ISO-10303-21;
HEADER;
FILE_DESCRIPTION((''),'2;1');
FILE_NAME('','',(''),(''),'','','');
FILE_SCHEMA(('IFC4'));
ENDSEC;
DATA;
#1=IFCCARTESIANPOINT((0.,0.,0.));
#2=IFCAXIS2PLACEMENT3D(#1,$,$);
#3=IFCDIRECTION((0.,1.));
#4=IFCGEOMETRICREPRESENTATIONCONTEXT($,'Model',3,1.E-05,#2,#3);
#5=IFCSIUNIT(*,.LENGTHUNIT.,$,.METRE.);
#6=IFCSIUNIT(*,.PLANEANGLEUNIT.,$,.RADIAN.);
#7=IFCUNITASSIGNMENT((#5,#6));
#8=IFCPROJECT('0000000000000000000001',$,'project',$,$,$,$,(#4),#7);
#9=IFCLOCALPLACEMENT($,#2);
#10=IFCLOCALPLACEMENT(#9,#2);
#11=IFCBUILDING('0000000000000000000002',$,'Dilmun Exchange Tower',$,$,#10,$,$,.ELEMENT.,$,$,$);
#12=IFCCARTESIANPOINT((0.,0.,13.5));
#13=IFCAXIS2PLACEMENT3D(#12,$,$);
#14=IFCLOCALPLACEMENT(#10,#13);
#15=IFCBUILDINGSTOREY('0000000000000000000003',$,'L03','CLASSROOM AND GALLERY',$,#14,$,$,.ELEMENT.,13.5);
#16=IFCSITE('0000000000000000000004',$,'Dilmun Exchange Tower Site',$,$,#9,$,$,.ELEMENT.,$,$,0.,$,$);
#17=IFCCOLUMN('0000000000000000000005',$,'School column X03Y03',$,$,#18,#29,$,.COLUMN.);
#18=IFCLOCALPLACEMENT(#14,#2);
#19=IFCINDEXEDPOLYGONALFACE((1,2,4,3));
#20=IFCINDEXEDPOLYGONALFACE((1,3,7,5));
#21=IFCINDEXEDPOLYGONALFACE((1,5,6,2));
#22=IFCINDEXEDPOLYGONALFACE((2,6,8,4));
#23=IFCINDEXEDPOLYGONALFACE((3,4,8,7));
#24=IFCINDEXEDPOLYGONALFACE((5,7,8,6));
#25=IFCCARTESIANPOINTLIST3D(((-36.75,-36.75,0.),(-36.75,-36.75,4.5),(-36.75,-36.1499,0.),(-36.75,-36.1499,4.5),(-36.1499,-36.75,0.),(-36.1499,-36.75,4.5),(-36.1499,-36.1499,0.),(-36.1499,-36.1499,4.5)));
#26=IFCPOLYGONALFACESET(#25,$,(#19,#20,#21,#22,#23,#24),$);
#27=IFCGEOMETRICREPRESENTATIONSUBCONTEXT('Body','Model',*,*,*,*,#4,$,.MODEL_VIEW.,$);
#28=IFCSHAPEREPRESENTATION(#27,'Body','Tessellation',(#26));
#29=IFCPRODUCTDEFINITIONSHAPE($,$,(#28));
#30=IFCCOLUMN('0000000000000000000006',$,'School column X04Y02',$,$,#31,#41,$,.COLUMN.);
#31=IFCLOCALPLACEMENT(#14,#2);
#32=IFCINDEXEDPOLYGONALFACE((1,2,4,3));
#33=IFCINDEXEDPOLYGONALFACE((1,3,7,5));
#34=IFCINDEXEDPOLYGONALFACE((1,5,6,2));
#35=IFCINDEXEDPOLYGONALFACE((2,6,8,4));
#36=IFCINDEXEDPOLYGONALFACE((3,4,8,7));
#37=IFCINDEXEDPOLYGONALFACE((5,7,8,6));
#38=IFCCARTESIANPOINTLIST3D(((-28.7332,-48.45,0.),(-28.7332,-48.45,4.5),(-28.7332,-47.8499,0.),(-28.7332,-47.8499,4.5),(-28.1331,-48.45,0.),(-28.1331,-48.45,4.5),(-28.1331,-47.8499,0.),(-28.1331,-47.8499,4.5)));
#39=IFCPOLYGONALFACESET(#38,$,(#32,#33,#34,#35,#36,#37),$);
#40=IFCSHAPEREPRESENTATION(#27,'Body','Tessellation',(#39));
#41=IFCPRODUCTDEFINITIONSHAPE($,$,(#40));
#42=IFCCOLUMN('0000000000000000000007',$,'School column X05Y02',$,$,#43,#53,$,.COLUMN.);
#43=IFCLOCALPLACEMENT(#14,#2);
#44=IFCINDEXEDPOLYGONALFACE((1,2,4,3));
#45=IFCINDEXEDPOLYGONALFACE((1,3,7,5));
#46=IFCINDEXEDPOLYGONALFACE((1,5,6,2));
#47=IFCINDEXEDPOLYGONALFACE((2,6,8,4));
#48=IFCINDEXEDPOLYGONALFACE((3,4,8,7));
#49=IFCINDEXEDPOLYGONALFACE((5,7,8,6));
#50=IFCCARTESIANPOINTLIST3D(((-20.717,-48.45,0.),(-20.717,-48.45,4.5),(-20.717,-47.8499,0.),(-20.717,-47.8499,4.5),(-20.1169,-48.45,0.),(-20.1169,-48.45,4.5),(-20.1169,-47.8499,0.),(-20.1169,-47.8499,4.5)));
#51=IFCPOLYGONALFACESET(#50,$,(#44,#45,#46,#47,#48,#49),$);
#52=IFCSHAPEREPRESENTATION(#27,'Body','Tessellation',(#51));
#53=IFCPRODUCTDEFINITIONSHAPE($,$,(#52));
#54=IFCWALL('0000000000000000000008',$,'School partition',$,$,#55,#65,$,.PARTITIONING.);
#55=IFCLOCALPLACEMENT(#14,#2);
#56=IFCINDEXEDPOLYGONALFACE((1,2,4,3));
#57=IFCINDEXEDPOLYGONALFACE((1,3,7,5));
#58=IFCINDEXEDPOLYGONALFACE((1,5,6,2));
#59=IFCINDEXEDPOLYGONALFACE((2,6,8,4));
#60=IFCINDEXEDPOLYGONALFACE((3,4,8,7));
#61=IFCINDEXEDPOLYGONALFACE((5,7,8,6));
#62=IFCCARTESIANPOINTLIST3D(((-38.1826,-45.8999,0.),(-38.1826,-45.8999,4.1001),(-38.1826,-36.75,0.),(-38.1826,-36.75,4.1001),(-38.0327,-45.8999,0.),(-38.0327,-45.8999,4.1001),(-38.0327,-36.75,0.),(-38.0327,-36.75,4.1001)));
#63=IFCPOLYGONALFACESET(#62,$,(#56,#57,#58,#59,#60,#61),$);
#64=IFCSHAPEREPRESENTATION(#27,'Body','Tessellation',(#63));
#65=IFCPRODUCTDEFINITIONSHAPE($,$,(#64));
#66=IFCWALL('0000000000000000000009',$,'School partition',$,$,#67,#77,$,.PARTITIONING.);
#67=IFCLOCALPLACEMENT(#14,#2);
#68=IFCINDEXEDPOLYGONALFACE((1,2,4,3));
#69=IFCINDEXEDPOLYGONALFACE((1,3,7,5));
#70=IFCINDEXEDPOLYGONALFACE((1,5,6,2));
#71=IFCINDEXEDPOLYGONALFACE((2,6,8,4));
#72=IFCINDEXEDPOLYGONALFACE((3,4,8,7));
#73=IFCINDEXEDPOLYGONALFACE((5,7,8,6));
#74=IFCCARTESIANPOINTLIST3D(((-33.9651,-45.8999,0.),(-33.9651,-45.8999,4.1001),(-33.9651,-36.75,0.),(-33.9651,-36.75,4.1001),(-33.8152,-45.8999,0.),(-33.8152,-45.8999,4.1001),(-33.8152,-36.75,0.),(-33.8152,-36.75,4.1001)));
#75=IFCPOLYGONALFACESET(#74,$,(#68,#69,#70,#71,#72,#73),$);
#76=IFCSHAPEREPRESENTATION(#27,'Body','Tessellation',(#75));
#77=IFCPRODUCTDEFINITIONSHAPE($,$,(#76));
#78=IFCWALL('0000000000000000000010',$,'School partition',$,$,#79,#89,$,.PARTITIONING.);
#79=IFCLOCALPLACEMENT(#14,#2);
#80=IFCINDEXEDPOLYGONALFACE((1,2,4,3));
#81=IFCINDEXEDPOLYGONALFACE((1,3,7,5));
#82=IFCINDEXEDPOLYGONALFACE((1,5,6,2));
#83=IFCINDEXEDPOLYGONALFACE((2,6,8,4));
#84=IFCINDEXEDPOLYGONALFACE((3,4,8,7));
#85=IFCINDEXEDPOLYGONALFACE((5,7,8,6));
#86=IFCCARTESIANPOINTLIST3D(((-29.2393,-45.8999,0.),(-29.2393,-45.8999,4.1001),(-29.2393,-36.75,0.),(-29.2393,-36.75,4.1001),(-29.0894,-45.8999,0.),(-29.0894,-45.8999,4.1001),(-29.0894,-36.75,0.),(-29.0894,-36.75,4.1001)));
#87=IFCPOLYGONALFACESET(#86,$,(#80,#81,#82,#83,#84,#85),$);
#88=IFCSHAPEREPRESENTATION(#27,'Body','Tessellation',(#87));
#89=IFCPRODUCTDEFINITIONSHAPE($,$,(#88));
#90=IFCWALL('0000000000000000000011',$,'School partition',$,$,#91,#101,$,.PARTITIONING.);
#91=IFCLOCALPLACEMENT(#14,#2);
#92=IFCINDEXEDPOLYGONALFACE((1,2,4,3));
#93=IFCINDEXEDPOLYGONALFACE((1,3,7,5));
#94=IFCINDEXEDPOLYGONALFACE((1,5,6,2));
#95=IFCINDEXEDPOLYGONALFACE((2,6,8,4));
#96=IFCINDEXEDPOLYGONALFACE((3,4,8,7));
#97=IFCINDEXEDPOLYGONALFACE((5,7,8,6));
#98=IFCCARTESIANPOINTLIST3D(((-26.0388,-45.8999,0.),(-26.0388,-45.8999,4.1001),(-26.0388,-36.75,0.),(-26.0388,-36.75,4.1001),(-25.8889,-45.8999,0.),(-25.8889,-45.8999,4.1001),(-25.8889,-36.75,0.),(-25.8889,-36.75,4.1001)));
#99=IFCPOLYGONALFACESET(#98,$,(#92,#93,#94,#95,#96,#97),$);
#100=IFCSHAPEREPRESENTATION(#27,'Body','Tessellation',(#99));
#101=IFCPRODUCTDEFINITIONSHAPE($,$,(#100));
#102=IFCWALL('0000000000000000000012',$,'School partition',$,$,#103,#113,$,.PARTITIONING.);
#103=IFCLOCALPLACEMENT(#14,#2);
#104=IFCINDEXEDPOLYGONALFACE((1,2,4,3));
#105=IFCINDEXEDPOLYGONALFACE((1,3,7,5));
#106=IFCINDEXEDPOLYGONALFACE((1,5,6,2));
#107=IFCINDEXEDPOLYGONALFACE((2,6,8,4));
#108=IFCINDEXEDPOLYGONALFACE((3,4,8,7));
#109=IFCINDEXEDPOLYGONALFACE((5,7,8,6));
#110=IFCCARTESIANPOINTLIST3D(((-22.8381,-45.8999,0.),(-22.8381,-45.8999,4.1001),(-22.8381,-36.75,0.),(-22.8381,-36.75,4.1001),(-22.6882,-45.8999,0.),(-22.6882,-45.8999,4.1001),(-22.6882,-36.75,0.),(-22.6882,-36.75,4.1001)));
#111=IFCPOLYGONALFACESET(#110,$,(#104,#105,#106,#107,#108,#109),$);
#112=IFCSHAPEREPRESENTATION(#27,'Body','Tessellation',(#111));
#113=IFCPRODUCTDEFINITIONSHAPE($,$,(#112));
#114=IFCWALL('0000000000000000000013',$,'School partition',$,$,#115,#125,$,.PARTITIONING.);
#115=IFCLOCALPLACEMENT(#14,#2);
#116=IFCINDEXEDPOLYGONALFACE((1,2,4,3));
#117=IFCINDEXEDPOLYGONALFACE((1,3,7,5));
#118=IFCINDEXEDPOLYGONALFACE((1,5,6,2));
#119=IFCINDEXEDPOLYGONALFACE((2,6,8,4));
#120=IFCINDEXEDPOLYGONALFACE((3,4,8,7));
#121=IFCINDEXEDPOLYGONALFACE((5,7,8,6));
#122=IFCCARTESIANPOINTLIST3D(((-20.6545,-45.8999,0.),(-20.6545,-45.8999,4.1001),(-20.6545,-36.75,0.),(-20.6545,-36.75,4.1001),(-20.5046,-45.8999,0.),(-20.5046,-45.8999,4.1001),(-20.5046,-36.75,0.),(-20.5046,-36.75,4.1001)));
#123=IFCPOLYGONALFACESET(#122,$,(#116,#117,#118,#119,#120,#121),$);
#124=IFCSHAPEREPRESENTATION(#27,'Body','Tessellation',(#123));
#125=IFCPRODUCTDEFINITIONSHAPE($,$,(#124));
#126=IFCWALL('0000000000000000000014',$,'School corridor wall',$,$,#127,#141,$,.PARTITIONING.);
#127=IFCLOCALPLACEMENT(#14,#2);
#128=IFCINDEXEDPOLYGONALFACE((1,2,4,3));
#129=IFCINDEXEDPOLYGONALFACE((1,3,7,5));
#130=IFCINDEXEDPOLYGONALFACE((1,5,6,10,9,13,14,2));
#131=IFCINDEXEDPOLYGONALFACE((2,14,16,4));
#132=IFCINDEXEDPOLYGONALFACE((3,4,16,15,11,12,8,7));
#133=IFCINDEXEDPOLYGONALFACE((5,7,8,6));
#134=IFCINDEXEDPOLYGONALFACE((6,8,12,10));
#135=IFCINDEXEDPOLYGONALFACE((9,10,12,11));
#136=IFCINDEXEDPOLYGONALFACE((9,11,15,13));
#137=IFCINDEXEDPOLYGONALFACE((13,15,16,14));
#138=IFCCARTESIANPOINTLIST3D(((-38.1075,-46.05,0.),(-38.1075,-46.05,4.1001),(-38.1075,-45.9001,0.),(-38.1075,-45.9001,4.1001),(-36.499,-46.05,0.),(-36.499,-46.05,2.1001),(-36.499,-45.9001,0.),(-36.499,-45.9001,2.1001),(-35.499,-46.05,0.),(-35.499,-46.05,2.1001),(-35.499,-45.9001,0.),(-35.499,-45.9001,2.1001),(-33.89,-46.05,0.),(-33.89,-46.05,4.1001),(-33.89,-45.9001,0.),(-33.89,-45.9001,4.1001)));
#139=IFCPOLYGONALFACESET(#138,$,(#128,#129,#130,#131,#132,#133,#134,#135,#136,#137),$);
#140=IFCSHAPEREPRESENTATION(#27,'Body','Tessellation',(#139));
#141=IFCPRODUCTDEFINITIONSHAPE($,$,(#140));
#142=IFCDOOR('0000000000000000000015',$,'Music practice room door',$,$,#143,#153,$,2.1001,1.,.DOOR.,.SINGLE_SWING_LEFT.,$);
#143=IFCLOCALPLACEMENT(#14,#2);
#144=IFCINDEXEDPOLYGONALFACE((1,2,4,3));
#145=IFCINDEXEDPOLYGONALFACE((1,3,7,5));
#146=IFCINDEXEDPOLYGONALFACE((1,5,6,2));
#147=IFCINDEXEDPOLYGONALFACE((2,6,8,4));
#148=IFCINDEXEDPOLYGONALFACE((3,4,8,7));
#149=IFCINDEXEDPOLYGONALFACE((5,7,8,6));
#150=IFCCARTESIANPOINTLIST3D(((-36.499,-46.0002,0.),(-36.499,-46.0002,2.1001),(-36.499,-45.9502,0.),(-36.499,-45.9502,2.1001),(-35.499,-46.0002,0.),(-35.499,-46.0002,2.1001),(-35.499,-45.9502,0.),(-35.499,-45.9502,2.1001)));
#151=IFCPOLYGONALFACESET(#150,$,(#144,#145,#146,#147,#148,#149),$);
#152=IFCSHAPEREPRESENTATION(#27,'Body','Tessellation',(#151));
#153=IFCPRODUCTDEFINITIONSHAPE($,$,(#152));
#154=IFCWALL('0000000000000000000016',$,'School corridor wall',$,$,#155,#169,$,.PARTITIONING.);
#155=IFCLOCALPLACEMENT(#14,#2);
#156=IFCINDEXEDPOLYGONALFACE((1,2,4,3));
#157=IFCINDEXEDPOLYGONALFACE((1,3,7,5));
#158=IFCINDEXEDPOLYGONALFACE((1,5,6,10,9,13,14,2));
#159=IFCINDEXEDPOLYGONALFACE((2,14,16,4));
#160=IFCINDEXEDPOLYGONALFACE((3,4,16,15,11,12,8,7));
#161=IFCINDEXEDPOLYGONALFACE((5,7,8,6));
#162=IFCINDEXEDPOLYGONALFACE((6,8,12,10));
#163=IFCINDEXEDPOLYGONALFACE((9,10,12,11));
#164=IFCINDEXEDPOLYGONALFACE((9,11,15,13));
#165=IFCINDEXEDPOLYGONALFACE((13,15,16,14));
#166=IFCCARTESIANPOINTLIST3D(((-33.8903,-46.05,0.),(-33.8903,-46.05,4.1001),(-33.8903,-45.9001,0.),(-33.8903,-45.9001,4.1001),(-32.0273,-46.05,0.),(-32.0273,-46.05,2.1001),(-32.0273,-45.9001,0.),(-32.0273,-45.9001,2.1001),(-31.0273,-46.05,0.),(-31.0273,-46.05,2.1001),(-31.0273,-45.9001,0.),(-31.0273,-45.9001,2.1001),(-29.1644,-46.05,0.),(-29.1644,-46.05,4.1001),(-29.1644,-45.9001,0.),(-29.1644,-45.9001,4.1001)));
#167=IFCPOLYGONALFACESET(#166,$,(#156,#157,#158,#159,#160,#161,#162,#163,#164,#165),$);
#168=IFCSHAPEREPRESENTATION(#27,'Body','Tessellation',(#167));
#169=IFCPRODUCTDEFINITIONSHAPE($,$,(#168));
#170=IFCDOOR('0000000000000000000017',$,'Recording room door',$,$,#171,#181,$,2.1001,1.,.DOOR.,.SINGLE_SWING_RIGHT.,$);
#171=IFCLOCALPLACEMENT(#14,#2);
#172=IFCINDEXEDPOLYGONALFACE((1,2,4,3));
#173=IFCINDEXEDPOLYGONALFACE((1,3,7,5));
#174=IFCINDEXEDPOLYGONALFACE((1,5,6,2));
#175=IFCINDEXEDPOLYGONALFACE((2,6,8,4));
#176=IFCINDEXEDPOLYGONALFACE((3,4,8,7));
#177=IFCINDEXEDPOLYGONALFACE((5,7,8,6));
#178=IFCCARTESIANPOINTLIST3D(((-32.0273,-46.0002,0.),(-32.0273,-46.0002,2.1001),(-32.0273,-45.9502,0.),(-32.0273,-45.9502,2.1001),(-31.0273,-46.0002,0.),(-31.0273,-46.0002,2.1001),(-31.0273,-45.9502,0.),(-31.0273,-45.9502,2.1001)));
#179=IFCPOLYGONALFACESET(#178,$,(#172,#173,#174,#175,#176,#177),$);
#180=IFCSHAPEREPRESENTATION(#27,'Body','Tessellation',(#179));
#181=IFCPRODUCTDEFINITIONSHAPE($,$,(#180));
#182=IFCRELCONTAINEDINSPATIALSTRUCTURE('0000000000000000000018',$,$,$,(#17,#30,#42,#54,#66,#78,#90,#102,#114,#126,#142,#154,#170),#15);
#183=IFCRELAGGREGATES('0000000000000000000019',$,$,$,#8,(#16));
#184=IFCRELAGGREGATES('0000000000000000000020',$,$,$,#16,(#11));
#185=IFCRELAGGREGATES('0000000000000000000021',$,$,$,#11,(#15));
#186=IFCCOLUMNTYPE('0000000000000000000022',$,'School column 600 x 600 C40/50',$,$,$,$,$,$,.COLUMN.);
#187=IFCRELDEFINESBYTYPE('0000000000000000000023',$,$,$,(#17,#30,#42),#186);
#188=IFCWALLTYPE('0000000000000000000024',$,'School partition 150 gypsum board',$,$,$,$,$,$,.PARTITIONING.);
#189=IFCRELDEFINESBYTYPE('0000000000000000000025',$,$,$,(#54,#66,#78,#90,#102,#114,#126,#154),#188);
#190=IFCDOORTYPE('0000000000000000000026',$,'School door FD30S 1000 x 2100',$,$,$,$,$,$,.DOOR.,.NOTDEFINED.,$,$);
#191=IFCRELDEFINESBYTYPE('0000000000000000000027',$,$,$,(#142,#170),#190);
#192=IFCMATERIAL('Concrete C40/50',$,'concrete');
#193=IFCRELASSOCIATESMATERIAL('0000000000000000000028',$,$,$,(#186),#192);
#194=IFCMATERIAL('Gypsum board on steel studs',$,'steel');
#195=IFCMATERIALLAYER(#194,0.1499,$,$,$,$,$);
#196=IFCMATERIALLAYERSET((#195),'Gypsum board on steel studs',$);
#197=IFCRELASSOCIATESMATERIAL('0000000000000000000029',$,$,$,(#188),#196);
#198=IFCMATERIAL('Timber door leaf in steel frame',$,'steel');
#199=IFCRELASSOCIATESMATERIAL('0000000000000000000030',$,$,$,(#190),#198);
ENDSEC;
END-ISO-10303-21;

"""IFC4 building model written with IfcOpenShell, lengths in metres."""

from ifc_helpers import new_model, si_unit, direction, frame, frame_2d, origin, origin_2d, place, context, subcontext, project, spatial, rectangle, extrude, material, layer, layer_set, material_profile, profile_set, type_object, element, fill, save


model = new_model("IFC4")

# Units and contexts
model_context = context("Model", 3, precision=1e-05, world=origin(), true_north=direction((0.0, 1.0)))
body_context = subcontext(model_context, "Body", "Model", "MODEL_VIEW")
ifc_project = project(units=[si_unit("LENGTHUNIT", "METRE"), si_unit("PLANEANGLEUNIT", "RADIAN")], contexts=[model_context])

# Site, building, storey
site_placement = place(None, origin())
site = spatial("IfcSite", under=ifc_project, at=site_placement, Name="Dilmun Exchange Tower Site", CompositionType="ELEMENT", RefElevation=0.0)
building_placement = place(site_placement, origin())
building = spatial("IfcBuilding", under=site, at=building_placement, Name="Dilmun Exchange Tower", CompositionType="ELEMENT")
storey_placement = place(building_placement, frame((0.0, 0.0, 13.5)))
storey = spatial("IfcBuildingStorey", under=building, at=storey_placement, Name="L03", Description="CLASSROOM AND GALLERY", CompositionType="ELEMENT", Elevation=13.5)

# Columns
ifc_material_1 = material(Name="Concrete C40/50", Category="concrete")
ifc_material_profile = material_profile(ifc_material_1, rectangle(XDim=0.6001, YDim=0.6001, at=origin_2d()), Name="600 x 600")
ifc_profile_set = profile_set([ifc_material_profile], Name="Concrete C40/50")
column_type = type_object("IfcColumnType", Name="School column 600 x 600 C40/50", PredefinedType="COLUMN", material=ifc_profile_set)
for number, where, z_axis, x_axis, name in (
    (1, (-36.45, -36.45, 0.0), (0.0, 0.0, 1.0), (1.0, 0.0, 0.0), "School column X03Y03"),
    (2, (-28.4331, -48.1499, 0.0), (0.0, 0.0, 1.0), (1.0, 0.0, 0.0), "School column X04Y02"),
    (3, (-20.417, -48.1499, 0.0), (0.0, 0.0, 1.0), (1.0, 0.0, 0.0), "School column X05Y02"),
):
    element("IfcColumn", number, at=place(storey_placement, frame(where, z_axis=z_axis, x_axis=x_axis)), inside=storey, type_object=column_type, Name=name, PredefinedType="COLUMN", context=body_context, shape_type="SweptSolid", body=[
        extrude(rectangle(XDim=0.6001, YDim=0.6001, at=origin_2d()), origin(), (0.0, 0.0, 1.0), 4.5),
    ])

# Walls
ifc_material_2 = material(Name="Gypsum board on steel studs", Category="steel")
ifc_layer = layer(ifc_material_2, 0.1499)
ifc_layer_set = layer_set([ifc_layer], Name="Gypsum board on steel studs")
wall_type = type_object("IfcWallType", Name="School partition 150 gypsum board", PredefinedType="PARTITIONING", material=ifc_layer_set)
for number, where, z_axis, x_axis, name in (
    (4, (-38.1077, -45.8999, 0.0), (0.0, 0.0, 1.0), (0.0, 1.0, 0.0), "School partition"),
    (5, (-33.8901, -45.8999, 0.0), (0.0, 0.0, 1.0), (0.0, 1.0, 0.0), "School partition"),
    (6, (-29.1643, -45.8999, 0.0), (0.0, 0.0, 1.0), (0.0, 1.0, 0.0), "School partition"),
    (7, (-25.9639, -45.8999, 0.0), (0.0, 0.0, 1.0), (0.0, 1.0, 0.0), "School partition"),
    (8, (-22.7632, -45.8999, 0.0), (0.0, 0.0, 1.0), (0.0, 1.0, 0.0), "School partition"),
    (9, (-20.5796, -45.8999, 0.0), (0.0, 0.0, 1.0), (0.0, 1.0, 0.0), "School partition"),
):
    element("IfcWall", number, at=place(storey_placement, frame(where, z_axis=z_axis, x_axis=x_axis)), inside=storey, type_object=wall_type, Name=name, PredefinedType="PARTITIONING", context=body_context, shape_type="SweptSolid", body=[
        extrude(rectangle(XDim=9.1499, YDim=0.1499, at=frame_2d((4.575, 0.0))), origin(), (0.0, 0.0, 1.0), 4.1001),
    ])

# Walls, openings, doors
wall_1_placement = place(storey_placement, frame((-38.1077, -45.9751, 0.0), z_axis=(0.0, 0.0, 1.0), x_axis=(1.0, 0.0, 0.0)))
wall_1 = element("IfcWall", 10, at=wall_1_placement, inside=storey, type_object=wall_type, Name="School corridor wall", PredefinedType="PARTITIONING", context=body_context, shape_type="SweptSolid", body=[
    extrude(rectangle(XDim=4.2175, YDim=0.1499, at=frame_2d((2.1089, 0.0))), origin(), (0.0, 0.0, 1.0), 4.1001),
])
opening_1_placement = place(wall_1_placement, frame((1.6086, 0.0, 0.0)))
opening_1 = element("IfcOpeningElement", 11, at=opening_1_placement, cuts=wall_1, PredefinedType="OPENING", context=body_context, shape_type="SweptSolid", body=[
    extrude(rectangle(XDim=1.0, YDim=2.1001, at=frame_2d((0.5, 1.05))), frame((0.0, 0.085, 0.0), z_axis=(0.0, -1.0, 0.0), x_axis=(1.0, 0.0, 0.0)), (0.0, 0.0, 1.0), 0.1699),
])
ifc_material_3 = material(Name="Timber door leaf in steel frame", Category="steel")
door_type_1 = type_object("IfcDoorType", Name="School door FD30S 1000 x 2100", OperationType="NOTDEFINED", PredefinedType="DOOR", material=ifc_material_3)
door_1_placement = place(opening_1_placement, origin())
door_1 = element("IfcDoor", 12, at=door_1_placement, inside=storey, type_object=door_type_1, Name="Music practice room door", OperationType="SINGLE_SWING_LEFT", OverallHeight=2.1001, OverallWidth=1.0, PredefinedType="DOOR", context=body_context, shape_type="SweptSolid", body=[
    extrude(rectangle(XDim=1.0, YDim=2.1001, at=frame_2d((0.5, 1.05))), frame((0.0, 0.0249, 0.0), z_axis=(0.0, -1.0, 0.0), x_axis=(1.0, 0.0, 0.0)), (0.0, 0.0, 1.0), 0.05),
])
fill(opening_1, door_1)
wall_2_placement = place(storey_placement, frame((-33.8901, -45.9751, 0.0), z_axis=(0.0, 0.0, 1.0), x_axis=(1.0, 0.0, 0.0)))
wall_2 = element("IfcWall", 13, at=wall_2_placement, inside=storey, type_object=wall_type, Name="School corridor wall", PredefinedType="PARTITIONING", context=body_context, shape_type="SweptSolid", body=[
    extrude(rectangle(XDim=4.7258, YDim=0.1499, at=frame_2d((2.3628, 0.0))), origin(), (0.0, 0.0, 1.0), 4.1001),
])
opening_2_placement = place(wall_2_placement, frame((1.8628, 0.0, 0.0)))
opening_2 = element("IfcOpeningElement", 14, at=opening_2_placement, cuts=wall_2, PredefinedType="OPENING", context=body_context, shape_type="SweptSolid", body=[
    extrude(rectangle(XDim=1.0, YDim=2.1001, at=frame_2d((0.5, 1.05))), frame((0.0, 0.085, 0.0), z_axis=(0.0, -1.0, 0.0), x_axis=(1.0, 0.0, 0.0)), (0.0, 0.0, 1.0), 0.1699),
])
door_2_placement = place(opening_2_placement, origin())
door_2 = element("IfcDoor", 15, at=door_2_placement, inside=storey, type_object=door_type_1, Name="Recording room door", OperationType="SINGLE_SWING_RIGHT", OverallHeight=2.1001, OverallWidth=1.0, PredefinedType="DOOR", context=body_context, shape_type="SweptSolid", body=[
    extrude(rectangle(XDim=1.0, YDim=2.1001, at=frame_2d((0.5, 1.05))), frame((0.0, 0.0249, 0.0), z_axis=(0.0, -1.0, 0.0), x_axis=(1.0, 0.0, 0.0)), (0.0, 0.0, 1.0), 0.05),
])
fill(opening_2, door_2)

save(model, "model.ifc")
